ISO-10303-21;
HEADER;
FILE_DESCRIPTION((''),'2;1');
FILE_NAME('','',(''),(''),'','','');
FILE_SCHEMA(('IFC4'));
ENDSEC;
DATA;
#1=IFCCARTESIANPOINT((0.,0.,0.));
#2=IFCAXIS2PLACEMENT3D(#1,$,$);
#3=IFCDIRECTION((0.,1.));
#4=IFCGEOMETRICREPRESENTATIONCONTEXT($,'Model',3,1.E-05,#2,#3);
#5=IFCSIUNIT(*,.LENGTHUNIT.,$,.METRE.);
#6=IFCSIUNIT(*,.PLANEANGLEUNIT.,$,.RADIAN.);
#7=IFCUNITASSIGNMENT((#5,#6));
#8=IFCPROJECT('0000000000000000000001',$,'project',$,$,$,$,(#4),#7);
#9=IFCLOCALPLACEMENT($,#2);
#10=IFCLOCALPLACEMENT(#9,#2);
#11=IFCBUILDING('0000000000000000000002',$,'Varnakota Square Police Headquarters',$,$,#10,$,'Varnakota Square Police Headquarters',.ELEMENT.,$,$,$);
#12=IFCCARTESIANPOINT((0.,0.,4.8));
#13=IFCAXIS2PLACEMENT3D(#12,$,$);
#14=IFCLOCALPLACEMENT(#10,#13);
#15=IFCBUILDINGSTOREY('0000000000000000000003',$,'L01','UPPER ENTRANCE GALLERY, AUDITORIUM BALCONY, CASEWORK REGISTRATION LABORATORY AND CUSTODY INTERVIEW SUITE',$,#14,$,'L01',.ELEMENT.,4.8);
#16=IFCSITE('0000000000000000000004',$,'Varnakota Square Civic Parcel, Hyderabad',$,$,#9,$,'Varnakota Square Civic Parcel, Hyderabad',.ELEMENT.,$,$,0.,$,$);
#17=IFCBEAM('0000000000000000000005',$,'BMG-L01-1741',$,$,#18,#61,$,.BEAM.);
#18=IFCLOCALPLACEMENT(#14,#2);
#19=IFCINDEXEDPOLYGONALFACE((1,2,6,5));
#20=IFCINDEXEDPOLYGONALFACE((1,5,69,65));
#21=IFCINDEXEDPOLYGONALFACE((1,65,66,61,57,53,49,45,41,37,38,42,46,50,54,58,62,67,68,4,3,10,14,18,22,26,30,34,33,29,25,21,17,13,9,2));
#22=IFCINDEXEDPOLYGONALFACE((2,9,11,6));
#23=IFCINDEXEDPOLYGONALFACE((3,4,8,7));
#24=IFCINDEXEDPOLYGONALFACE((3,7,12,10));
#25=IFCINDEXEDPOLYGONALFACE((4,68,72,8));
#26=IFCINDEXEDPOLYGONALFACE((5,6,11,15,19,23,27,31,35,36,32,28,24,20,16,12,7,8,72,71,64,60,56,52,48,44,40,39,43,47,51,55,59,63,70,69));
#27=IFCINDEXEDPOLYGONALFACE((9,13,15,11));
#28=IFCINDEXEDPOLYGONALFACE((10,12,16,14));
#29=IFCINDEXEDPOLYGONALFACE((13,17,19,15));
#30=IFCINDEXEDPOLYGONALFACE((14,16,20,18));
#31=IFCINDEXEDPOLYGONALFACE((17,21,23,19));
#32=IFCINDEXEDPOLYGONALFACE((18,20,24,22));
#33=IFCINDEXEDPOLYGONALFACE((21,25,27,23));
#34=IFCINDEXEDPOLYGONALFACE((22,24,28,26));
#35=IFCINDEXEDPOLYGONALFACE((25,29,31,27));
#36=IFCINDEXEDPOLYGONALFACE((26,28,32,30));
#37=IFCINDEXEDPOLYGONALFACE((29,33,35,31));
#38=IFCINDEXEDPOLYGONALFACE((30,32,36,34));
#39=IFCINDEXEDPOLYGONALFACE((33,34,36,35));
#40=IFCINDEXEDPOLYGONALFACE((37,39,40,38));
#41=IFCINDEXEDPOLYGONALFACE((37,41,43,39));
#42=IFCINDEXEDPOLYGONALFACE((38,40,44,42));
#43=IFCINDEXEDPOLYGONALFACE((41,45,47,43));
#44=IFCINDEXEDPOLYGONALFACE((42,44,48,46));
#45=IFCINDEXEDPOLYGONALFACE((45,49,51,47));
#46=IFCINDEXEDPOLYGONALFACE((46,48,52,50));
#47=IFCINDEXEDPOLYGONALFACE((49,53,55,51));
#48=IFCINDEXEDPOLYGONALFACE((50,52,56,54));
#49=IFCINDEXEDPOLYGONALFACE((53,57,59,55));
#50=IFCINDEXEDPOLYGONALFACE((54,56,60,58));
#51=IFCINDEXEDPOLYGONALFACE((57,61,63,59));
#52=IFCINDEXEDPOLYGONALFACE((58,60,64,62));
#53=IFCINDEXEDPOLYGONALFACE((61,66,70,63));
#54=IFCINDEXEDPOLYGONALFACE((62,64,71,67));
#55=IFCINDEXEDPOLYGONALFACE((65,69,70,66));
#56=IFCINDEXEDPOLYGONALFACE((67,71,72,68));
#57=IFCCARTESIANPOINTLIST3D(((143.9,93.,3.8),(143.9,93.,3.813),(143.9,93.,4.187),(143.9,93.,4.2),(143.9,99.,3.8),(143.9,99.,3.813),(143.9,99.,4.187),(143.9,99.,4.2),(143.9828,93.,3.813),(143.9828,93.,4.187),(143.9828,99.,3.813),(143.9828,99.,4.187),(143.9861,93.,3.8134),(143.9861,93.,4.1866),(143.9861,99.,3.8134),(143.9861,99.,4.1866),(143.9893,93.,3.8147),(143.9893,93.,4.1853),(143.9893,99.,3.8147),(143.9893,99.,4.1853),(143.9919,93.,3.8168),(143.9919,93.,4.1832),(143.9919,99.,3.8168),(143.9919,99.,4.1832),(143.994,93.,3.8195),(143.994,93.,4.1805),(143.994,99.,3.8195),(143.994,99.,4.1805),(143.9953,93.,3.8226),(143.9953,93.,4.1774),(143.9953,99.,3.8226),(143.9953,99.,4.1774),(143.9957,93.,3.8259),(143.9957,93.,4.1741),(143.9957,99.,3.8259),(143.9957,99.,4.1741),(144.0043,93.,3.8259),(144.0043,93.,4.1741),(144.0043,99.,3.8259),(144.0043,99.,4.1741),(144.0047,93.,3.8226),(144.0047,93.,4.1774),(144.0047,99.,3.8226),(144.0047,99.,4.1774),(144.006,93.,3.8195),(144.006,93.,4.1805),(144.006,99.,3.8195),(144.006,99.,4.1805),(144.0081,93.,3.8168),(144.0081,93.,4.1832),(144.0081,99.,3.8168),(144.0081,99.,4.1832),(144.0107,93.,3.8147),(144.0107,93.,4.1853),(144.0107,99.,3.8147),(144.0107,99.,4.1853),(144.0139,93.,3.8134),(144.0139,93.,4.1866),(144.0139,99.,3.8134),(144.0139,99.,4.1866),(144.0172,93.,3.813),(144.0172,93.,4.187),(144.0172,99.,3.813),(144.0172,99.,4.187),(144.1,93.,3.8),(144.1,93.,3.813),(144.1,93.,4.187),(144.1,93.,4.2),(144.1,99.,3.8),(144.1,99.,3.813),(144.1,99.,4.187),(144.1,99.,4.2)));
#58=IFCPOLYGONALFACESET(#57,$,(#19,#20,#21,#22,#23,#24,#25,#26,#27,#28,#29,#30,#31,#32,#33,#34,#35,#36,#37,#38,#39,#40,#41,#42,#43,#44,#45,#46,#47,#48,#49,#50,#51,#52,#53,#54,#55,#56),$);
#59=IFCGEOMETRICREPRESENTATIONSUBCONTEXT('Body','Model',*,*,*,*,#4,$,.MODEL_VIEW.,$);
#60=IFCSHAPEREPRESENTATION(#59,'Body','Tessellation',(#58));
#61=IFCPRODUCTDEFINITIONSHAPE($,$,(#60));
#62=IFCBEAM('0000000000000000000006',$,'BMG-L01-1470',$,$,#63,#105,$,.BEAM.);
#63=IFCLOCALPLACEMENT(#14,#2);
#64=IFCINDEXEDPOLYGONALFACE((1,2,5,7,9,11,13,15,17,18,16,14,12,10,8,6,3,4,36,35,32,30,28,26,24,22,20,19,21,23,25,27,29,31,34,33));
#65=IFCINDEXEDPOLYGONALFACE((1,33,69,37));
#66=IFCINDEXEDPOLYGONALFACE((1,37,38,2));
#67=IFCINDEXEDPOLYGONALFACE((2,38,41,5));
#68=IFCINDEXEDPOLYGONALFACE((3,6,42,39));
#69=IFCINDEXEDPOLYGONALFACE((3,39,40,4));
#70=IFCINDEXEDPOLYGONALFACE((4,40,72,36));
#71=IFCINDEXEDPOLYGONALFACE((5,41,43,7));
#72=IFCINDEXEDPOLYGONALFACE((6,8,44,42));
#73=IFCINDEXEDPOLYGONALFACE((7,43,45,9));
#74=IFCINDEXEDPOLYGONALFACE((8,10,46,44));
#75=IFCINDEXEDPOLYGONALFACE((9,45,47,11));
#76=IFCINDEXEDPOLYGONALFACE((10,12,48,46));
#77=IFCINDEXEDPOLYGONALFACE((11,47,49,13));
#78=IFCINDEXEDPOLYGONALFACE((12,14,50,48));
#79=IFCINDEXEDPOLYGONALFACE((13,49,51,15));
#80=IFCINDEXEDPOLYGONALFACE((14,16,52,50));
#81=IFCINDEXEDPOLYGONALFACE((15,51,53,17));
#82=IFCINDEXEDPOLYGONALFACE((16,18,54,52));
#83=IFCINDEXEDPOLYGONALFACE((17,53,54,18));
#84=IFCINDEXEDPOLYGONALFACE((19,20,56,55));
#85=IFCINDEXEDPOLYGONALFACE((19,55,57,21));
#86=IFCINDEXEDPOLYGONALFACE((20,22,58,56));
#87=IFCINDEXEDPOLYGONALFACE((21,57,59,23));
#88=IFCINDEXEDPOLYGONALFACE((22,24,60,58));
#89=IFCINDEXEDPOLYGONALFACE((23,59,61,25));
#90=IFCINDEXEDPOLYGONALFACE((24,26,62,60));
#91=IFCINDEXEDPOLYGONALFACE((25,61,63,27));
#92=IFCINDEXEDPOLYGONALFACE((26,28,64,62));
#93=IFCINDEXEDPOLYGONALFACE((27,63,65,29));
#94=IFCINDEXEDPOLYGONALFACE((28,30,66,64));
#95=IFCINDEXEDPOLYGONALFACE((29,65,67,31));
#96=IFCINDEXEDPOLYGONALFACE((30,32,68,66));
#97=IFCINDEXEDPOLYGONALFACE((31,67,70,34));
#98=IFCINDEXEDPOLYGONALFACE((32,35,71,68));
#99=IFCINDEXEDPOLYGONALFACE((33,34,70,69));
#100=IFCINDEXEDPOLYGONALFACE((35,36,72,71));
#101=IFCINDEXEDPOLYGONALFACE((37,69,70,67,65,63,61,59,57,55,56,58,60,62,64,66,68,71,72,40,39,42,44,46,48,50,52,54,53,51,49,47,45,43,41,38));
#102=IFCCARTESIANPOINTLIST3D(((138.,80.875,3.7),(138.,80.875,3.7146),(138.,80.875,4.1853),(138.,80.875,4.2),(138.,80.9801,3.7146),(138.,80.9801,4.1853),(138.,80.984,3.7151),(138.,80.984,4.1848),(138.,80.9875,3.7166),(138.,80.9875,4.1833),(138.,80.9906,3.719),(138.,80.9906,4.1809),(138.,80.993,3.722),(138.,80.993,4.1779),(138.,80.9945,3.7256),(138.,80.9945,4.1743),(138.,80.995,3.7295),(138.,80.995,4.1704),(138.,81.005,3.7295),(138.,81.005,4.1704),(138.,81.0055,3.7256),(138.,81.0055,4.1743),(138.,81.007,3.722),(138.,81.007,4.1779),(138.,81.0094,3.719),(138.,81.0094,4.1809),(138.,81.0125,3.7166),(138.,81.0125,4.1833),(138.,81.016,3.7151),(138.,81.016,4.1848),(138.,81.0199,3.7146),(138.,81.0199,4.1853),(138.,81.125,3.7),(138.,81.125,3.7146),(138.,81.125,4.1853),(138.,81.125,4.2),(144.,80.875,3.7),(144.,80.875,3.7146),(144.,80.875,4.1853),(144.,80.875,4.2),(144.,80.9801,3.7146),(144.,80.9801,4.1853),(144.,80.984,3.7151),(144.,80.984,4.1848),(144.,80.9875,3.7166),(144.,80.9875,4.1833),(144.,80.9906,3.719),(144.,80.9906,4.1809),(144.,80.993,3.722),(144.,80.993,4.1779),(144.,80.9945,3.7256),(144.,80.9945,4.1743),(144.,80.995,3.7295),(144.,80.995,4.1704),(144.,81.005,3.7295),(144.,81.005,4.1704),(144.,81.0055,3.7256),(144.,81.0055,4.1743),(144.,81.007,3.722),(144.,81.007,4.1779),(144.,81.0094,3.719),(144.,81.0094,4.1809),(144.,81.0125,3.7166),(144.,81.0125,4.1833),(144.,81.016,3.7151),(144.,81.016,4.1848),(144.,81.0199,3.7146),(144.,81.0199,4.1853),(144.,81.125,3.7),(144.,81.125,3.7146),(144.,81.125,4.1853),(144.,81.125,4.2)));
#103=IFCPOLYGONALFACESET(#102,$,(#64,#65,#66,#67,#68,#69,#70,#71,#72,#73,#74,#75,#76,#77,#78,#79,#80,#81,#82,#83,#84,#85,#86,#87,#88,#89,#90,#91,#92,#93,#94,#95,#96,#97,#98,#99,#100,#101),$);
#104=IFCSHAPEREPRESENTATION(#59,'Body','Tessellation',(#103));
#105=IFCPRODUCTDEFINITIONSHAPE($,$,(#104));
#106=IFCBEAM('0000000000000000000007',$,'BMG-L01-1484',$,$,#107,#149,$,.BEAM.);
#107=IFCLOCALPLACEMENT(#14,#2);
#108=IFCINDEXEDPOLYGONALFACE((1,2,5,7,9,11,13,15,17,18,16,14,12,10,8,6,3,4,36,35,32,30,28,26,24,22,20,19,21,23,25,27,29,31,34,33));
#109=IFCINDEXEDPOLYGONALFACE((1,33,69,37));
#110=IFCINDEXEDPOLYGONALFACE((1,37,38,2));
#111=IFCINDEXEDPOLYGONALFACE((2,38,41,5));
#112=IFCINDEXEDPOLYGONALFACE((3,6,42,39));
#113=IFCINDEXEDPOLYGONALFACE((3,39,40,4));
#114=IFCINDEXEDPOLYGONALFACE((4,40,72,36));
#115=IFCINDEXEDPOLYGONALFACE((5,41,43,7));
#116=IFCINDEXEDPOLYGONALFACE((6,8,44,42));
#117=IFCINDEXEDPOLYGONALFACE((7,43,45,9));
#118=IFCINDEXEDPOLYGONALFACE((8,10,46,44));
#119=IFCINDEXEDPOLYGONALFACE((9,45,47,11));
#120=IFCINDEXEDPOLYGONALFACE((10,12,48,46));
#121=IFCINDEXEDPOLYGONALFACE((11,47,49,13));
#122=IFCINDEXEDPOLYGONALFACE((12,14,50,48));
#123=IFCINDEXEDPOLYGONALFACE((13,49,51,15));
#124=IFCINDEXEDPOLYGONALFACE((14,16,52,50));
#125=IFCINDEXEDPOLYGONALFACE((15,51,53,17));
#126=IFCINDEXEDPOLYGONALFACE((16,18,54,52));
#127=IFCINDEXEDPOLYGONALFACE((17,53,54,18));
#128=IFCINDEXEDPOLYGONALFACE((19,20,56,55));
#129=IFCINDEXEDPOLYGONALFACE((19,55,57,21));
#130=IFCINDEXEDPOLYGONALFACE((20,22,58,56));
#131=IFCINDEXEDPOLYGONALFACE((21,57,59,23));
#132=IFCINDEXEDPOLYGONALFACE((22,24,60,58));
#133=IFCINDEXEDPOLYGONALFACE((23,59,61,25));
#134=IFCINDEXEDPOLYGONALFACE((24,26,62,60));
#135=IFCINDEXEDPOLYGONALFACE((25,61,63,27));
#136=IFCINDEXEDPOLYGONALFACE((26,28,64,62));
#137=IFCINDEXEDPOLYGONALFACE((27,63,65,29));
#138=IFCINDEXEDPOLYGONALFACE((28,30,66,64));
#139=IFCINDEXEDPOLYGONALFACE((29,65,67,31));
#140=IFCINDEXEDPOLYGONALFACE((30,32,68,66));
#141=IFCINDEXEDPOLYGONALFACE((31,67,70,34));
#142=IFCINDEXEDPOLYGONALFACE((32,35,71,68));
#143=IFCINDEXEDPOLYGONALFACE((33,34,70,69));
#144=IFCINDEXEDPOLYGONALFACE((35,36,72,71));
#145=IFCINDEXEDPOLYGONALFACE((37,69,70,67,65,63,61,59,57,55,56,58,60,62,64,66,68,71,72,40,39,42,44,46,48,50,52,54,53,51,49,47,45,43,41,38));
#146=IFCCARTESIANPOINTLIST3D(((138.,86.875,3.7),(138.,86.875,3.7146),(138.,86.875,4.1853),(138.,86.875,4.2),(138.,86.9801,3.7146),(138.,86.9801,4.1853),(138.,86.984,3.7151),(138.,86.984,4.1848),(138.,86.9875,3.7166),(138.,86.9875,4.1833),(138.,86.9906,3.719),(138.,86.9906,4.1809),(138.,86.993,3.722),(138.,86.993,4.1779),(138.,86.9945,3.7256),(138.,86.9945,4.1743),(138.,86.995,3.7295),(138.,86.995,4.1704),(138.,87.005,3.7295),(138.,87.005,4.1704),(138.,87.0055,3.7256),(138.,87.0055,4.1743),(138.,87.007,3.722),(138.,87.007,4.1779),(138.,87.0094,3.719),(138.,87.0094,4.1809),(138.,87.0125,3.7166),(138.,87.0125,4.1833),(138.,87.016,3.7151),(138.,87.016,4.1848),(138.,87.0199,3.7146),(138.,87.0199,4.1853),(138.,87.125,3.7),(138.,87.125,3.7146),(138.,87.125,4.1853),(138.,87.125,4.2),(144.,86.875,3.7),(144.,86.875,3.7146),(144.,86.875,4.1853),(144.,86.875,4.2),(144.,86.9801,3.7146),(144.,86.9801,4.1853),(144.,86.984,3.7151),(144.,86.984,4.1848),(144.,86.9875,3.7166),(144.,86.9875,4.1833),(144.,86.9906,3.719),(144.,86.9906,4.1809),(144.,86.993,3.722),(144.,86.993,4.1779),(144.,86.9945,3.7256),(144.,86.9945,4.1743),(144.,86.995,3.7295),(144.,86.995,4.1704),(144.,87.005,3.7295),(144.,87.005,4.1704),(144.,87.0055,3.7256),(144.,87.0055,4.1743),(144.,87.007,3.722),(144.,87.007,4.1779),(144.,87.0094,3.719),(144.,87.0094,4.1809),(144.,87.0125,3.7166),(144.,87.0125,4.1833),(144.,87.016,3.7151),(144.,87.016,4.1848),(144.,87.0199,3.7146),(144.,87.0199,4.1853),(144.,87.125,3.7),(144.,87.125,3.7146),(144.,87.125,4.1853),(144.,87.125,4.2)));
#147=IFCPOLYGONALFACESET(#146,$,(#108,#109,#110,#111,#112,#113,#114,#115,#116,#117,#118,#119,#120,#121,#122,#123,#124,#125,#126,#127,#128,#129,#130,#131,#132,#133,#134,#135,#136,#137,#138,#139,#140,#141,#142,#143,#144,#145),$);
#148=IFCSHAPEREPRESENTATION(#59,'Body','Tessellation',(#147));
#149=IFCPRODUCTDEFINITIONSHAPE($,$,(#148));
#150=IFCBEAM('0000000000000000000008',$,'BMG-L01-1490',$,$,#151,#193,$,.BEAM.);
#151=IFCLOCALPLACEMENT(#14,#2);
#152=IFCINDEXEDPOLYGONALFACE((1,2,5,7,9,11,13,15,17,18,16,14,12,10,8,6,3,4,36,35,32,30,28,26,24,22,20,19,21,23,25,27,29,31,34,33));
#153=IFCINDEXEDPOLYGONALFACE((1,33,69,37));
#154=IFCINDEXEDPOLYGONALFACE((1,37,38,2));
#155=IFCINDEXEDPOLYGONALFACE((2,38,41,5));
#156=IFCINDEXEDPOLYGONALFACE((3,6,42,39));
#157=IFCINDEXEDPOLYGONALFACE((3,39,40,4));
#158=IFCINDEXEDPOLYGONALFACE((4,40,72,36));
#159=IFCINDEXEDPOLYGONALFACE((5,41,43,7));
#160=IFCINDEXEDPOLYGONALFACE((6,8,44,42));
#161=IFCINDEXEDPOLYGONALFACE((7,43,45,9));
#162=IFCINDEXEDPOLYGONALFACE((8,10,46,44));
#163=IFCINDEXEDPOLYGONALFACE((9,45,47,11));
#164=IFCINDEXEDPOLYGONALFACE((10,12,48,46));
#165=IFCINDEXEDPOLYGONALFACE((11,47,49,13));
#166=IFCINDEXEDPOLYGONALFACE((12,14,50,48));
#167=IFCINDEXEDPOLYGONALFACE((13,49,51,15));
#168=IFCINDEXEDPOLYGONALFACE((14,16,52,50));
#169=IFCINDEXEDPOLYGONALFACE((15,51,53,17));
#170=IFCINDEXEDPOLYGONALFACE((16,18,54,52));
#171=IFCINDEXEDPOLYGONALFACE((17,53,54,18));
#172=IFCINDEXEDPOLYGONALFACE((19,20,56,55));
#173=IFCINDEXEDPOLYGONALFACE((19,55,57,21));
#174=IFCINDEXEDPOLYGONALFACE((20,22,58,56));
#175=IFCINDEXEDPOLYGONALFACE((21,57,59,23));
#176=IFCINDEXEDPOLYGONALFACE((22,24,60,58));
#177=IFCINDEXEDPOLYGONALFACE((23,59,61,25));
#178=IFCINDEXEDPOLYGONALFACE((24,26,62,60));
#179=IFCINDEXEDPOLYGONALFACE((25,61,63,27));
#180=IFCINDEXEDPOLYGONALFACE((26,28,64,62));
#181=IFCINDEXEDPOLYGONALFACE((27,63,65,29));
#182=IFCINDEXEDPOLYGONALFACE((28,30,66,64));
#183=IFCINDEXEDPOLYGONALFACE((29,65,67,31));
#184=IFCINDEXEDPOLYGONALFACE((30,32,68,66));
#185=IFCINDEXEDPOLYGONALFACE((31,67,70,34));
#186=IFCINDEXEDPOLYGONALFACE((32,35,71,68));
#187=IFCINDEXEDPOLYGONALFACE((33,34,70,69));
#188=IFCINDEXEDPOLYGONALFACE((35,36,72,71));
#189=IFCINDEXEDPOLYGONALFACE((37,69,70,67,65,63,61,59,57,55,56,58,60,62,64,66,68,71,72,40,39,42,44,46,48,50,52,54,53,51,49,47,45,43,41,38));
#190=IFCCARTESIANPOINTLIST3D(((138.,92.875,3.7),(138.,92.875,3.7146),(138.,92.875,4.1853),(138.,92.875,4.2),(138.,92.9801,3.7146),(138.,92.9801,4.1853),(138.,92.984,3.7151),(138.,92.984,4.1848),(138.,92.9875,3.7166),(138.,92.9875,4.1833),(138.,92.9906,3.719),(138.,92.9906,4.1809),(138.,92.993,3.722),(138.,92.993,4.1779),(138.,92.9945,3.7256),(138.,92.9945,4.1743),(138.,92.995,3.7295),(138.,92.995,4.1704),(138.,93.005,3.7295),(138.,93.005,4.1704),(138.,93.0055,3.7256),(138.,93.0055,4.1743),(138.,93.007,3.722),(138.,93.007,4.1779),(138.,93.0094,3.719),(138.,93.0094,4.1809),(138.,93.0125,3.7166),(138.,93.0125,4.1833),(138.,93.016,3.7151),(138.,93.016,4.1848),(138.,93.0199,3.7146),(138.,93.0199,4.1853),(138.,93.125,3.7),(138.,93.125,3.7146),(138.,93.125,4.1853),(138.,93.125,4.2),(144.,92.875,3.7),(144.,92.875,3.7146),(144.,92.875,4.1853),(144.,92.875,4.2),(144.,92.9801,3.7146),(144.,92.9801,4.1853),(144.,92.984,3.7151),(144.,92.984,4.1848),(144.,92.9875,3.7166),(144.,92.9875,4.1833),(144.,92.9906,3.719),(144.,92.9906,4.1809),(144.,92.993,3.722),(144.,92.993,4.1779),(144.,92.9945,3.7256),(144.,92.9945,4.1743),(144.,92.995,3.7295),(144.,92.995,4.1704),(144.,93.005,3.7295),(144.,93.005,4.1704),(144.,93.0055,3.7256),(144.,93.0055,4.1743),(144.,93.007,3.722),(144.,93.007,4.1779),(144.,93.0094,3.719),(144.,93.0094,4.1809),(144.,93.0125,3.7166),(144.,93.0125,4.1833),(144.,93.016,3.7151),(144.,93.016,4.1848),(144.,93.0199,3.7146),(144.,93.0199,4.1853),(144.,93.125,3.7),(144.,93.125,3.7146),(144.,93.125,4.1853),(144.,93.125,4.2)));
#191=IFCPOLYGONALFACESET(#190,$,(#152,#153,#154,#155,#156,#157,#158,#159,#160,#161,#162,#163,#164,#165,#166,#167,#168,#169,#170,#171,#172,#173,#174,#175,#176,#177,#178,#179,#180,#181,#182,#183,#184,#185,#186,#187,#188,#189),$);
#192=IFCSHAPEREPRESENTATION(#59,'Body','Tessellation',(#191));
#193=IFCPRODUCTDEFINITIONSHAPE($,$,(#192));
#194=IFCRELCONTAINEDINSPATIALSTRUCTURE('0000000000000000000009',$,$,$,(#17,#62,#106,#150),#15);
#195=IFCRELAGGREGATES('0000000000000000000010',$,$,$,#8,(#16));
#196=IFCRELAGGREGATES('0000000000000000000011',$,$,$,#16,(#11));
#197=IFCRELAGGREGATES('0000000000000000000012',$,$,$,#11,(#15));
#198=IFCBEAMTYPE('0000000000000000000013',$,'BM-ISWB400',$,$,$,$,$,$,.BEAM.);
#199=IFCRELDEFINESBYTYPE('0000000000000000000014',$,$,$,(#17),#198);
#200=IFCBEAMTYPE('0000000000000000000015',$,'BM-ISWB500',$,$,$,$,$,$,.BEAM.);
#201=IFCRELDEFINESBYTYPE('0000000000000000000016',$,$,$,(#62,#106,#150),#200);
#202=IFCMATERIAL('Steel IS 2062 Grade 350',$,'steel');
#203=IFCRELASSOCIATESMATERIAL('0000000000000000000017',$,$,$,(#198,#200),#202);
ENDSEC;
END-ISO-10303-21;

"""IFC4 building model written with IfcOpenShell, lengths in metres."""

from ifc_helpers import new_model, si_unit, direction, frame, origin, origin_2d, place, context, subcontext, project, spatial, i_section, extrude, material, material_profile, profile_set, type_object, element, save


model = new_model("IFC4")

# Units and contexts
model_context = context("Model", 3, precision=1e-05, world=origin(), true_north=direction((0.0, 1.0)))
body_context = subcontext(model_context, "Body", "Model", "MODEL_VIEW")
ifc_project = project(units=[si_unit("LENGTHUNIT", "METRE"), si_unit("PLANEANGLEUNIT", "RADIAN")], contexts=[model_context])

# Site, building, storey
site_placement = place(None, origin())
site = spatial("IfcSite", under=ifc_project, at=site_placement, Name="Varnakota Square Civic Parcel, Hyderabad", LongName="Varnakota Square Civic Parcel, Hyderabad", CompositionType="ELEMENT", RefElevation=0.0)
building_placement = place(site_placement, origin())
building = spatial("IfcBuilding", under=site, at=building_placement, Name="Varnakota Square Police Headquarters", LongName="Varnakota Square Police Headquarters", CompositionType="ELEMENT")
storey_placement = place(building_placement, frame((0.0, 0.0, 4.8)))
storey = spatial("IfcBuildingStorey", under=building, at=storey_placement, Name="L01", Description="UPPER ENTRANCE GALLERY, AUDITORIUM BALCONY, CASEWORK REGISTRATION LABORATORY AND CUSTODY INTERVIEW SUITE", LongName="L01", CompositionType="ELEMENT", Elevation=4.8)

# Shared definitions
ifc_material = material(Name="Steel IS 2062 Grade 350", Category="steel")

# Beams
ifc_material_profile_1 = material_profile(ifc_material, i_section(OverallWidth=0.2, OverallDepth=0.3999, WebThickness=0.0085, FlangeThickness=0.0129, FilletRadius=0.0129, at=origin_2d()), Name="ISWB 400")
ifc_profile_set_1 = profile_set([ifc_material_profile_1], Name="Steel IS 2062 Grade 350")
beam_type_1 = type_object("IfcBeamType", Name="BM-ISWB400", PredefinedType="BEAM", material=ifc_profile_set_1)
for number, where, z_axis, x_axis, name in (
    (1, (144.0, 93.0, 4.0), (0.0, 1.0, 0.0), (-1.0, 0.0, 0.0), "BMG-L01-1741"),
):
    element("IfcBeam", number, at=place(storey_placement, frame(where, z_axis=z_axis, x_axis=x_axis)), inside=storey, type_object=beam_type_1, Name=name, PredefinedType="BEAM", context=body_context, shape_type="SweptSolid", body=[
        extrude(i_section(OverallWidth=0.2, OverallDepth=0.3999, WebThickness=0.0085, FlangeThickness=0.0129, FilletRadius=0.0129, at=origin_2d()), origin(), (0.0, 0.0, 1.0), 6.0),
    ])
ifc_material_profile_2 = material_profile(ifc_material, i_section(OverallWidth=0.25, OverallDepth=0.5, WebThickness=0.01, FlangeThickness=0.0146, FilletRadius=0.0149, at=origin_2d()), Name="ISWB 500")
ifc_profile_set_2 = profile_set([ifc_material_profile_2], Name="Steel IS 2062 Grade 350")
beam_type_2 = type_object("IfcBeamType", Name="BM-ISWB500", PredefinedType="BEAM", material=ifc_profile_set_2)
for number, where, z_axis, x_axis, name in (
    (2, (138.0, 81.0, 3.95), (1.0, 0.0, 0.0), (0.0, 1.0, 0.0), "BMG-L01-1470"),
    (3, (138.0, 87.0, 3.95), (1.0, 0.0, 0.0), (0.0, 1.0, 0.0), "BMG-L01-1484"),
    (4, (138.0, 93.0, 3.95), (1.0, 0.0, 0.0), (0.0, 1.0, 0.0), "BMG-L01-1490"),
):
    element("IfcBeam", number, at=place(storey_placement, frame(where, z_axis=z_axis, x_axis=x_axis)), inside=storey, type_object=beam_type_2, Name=name, PredefinedType="BEAM", context=body_context, shape_type="SweptSolid", body=[
        extrude(i_section(OverallWidth=0.25, OverallDepth=0.5, WebThickness=0.01, FlangeThickness=0.0146, FilletRadius=0.0149, at=origin_2d()), origin(), (0.0, 0.0, 1.0), 6.0),
    ])

save(model, "model.ifc")
